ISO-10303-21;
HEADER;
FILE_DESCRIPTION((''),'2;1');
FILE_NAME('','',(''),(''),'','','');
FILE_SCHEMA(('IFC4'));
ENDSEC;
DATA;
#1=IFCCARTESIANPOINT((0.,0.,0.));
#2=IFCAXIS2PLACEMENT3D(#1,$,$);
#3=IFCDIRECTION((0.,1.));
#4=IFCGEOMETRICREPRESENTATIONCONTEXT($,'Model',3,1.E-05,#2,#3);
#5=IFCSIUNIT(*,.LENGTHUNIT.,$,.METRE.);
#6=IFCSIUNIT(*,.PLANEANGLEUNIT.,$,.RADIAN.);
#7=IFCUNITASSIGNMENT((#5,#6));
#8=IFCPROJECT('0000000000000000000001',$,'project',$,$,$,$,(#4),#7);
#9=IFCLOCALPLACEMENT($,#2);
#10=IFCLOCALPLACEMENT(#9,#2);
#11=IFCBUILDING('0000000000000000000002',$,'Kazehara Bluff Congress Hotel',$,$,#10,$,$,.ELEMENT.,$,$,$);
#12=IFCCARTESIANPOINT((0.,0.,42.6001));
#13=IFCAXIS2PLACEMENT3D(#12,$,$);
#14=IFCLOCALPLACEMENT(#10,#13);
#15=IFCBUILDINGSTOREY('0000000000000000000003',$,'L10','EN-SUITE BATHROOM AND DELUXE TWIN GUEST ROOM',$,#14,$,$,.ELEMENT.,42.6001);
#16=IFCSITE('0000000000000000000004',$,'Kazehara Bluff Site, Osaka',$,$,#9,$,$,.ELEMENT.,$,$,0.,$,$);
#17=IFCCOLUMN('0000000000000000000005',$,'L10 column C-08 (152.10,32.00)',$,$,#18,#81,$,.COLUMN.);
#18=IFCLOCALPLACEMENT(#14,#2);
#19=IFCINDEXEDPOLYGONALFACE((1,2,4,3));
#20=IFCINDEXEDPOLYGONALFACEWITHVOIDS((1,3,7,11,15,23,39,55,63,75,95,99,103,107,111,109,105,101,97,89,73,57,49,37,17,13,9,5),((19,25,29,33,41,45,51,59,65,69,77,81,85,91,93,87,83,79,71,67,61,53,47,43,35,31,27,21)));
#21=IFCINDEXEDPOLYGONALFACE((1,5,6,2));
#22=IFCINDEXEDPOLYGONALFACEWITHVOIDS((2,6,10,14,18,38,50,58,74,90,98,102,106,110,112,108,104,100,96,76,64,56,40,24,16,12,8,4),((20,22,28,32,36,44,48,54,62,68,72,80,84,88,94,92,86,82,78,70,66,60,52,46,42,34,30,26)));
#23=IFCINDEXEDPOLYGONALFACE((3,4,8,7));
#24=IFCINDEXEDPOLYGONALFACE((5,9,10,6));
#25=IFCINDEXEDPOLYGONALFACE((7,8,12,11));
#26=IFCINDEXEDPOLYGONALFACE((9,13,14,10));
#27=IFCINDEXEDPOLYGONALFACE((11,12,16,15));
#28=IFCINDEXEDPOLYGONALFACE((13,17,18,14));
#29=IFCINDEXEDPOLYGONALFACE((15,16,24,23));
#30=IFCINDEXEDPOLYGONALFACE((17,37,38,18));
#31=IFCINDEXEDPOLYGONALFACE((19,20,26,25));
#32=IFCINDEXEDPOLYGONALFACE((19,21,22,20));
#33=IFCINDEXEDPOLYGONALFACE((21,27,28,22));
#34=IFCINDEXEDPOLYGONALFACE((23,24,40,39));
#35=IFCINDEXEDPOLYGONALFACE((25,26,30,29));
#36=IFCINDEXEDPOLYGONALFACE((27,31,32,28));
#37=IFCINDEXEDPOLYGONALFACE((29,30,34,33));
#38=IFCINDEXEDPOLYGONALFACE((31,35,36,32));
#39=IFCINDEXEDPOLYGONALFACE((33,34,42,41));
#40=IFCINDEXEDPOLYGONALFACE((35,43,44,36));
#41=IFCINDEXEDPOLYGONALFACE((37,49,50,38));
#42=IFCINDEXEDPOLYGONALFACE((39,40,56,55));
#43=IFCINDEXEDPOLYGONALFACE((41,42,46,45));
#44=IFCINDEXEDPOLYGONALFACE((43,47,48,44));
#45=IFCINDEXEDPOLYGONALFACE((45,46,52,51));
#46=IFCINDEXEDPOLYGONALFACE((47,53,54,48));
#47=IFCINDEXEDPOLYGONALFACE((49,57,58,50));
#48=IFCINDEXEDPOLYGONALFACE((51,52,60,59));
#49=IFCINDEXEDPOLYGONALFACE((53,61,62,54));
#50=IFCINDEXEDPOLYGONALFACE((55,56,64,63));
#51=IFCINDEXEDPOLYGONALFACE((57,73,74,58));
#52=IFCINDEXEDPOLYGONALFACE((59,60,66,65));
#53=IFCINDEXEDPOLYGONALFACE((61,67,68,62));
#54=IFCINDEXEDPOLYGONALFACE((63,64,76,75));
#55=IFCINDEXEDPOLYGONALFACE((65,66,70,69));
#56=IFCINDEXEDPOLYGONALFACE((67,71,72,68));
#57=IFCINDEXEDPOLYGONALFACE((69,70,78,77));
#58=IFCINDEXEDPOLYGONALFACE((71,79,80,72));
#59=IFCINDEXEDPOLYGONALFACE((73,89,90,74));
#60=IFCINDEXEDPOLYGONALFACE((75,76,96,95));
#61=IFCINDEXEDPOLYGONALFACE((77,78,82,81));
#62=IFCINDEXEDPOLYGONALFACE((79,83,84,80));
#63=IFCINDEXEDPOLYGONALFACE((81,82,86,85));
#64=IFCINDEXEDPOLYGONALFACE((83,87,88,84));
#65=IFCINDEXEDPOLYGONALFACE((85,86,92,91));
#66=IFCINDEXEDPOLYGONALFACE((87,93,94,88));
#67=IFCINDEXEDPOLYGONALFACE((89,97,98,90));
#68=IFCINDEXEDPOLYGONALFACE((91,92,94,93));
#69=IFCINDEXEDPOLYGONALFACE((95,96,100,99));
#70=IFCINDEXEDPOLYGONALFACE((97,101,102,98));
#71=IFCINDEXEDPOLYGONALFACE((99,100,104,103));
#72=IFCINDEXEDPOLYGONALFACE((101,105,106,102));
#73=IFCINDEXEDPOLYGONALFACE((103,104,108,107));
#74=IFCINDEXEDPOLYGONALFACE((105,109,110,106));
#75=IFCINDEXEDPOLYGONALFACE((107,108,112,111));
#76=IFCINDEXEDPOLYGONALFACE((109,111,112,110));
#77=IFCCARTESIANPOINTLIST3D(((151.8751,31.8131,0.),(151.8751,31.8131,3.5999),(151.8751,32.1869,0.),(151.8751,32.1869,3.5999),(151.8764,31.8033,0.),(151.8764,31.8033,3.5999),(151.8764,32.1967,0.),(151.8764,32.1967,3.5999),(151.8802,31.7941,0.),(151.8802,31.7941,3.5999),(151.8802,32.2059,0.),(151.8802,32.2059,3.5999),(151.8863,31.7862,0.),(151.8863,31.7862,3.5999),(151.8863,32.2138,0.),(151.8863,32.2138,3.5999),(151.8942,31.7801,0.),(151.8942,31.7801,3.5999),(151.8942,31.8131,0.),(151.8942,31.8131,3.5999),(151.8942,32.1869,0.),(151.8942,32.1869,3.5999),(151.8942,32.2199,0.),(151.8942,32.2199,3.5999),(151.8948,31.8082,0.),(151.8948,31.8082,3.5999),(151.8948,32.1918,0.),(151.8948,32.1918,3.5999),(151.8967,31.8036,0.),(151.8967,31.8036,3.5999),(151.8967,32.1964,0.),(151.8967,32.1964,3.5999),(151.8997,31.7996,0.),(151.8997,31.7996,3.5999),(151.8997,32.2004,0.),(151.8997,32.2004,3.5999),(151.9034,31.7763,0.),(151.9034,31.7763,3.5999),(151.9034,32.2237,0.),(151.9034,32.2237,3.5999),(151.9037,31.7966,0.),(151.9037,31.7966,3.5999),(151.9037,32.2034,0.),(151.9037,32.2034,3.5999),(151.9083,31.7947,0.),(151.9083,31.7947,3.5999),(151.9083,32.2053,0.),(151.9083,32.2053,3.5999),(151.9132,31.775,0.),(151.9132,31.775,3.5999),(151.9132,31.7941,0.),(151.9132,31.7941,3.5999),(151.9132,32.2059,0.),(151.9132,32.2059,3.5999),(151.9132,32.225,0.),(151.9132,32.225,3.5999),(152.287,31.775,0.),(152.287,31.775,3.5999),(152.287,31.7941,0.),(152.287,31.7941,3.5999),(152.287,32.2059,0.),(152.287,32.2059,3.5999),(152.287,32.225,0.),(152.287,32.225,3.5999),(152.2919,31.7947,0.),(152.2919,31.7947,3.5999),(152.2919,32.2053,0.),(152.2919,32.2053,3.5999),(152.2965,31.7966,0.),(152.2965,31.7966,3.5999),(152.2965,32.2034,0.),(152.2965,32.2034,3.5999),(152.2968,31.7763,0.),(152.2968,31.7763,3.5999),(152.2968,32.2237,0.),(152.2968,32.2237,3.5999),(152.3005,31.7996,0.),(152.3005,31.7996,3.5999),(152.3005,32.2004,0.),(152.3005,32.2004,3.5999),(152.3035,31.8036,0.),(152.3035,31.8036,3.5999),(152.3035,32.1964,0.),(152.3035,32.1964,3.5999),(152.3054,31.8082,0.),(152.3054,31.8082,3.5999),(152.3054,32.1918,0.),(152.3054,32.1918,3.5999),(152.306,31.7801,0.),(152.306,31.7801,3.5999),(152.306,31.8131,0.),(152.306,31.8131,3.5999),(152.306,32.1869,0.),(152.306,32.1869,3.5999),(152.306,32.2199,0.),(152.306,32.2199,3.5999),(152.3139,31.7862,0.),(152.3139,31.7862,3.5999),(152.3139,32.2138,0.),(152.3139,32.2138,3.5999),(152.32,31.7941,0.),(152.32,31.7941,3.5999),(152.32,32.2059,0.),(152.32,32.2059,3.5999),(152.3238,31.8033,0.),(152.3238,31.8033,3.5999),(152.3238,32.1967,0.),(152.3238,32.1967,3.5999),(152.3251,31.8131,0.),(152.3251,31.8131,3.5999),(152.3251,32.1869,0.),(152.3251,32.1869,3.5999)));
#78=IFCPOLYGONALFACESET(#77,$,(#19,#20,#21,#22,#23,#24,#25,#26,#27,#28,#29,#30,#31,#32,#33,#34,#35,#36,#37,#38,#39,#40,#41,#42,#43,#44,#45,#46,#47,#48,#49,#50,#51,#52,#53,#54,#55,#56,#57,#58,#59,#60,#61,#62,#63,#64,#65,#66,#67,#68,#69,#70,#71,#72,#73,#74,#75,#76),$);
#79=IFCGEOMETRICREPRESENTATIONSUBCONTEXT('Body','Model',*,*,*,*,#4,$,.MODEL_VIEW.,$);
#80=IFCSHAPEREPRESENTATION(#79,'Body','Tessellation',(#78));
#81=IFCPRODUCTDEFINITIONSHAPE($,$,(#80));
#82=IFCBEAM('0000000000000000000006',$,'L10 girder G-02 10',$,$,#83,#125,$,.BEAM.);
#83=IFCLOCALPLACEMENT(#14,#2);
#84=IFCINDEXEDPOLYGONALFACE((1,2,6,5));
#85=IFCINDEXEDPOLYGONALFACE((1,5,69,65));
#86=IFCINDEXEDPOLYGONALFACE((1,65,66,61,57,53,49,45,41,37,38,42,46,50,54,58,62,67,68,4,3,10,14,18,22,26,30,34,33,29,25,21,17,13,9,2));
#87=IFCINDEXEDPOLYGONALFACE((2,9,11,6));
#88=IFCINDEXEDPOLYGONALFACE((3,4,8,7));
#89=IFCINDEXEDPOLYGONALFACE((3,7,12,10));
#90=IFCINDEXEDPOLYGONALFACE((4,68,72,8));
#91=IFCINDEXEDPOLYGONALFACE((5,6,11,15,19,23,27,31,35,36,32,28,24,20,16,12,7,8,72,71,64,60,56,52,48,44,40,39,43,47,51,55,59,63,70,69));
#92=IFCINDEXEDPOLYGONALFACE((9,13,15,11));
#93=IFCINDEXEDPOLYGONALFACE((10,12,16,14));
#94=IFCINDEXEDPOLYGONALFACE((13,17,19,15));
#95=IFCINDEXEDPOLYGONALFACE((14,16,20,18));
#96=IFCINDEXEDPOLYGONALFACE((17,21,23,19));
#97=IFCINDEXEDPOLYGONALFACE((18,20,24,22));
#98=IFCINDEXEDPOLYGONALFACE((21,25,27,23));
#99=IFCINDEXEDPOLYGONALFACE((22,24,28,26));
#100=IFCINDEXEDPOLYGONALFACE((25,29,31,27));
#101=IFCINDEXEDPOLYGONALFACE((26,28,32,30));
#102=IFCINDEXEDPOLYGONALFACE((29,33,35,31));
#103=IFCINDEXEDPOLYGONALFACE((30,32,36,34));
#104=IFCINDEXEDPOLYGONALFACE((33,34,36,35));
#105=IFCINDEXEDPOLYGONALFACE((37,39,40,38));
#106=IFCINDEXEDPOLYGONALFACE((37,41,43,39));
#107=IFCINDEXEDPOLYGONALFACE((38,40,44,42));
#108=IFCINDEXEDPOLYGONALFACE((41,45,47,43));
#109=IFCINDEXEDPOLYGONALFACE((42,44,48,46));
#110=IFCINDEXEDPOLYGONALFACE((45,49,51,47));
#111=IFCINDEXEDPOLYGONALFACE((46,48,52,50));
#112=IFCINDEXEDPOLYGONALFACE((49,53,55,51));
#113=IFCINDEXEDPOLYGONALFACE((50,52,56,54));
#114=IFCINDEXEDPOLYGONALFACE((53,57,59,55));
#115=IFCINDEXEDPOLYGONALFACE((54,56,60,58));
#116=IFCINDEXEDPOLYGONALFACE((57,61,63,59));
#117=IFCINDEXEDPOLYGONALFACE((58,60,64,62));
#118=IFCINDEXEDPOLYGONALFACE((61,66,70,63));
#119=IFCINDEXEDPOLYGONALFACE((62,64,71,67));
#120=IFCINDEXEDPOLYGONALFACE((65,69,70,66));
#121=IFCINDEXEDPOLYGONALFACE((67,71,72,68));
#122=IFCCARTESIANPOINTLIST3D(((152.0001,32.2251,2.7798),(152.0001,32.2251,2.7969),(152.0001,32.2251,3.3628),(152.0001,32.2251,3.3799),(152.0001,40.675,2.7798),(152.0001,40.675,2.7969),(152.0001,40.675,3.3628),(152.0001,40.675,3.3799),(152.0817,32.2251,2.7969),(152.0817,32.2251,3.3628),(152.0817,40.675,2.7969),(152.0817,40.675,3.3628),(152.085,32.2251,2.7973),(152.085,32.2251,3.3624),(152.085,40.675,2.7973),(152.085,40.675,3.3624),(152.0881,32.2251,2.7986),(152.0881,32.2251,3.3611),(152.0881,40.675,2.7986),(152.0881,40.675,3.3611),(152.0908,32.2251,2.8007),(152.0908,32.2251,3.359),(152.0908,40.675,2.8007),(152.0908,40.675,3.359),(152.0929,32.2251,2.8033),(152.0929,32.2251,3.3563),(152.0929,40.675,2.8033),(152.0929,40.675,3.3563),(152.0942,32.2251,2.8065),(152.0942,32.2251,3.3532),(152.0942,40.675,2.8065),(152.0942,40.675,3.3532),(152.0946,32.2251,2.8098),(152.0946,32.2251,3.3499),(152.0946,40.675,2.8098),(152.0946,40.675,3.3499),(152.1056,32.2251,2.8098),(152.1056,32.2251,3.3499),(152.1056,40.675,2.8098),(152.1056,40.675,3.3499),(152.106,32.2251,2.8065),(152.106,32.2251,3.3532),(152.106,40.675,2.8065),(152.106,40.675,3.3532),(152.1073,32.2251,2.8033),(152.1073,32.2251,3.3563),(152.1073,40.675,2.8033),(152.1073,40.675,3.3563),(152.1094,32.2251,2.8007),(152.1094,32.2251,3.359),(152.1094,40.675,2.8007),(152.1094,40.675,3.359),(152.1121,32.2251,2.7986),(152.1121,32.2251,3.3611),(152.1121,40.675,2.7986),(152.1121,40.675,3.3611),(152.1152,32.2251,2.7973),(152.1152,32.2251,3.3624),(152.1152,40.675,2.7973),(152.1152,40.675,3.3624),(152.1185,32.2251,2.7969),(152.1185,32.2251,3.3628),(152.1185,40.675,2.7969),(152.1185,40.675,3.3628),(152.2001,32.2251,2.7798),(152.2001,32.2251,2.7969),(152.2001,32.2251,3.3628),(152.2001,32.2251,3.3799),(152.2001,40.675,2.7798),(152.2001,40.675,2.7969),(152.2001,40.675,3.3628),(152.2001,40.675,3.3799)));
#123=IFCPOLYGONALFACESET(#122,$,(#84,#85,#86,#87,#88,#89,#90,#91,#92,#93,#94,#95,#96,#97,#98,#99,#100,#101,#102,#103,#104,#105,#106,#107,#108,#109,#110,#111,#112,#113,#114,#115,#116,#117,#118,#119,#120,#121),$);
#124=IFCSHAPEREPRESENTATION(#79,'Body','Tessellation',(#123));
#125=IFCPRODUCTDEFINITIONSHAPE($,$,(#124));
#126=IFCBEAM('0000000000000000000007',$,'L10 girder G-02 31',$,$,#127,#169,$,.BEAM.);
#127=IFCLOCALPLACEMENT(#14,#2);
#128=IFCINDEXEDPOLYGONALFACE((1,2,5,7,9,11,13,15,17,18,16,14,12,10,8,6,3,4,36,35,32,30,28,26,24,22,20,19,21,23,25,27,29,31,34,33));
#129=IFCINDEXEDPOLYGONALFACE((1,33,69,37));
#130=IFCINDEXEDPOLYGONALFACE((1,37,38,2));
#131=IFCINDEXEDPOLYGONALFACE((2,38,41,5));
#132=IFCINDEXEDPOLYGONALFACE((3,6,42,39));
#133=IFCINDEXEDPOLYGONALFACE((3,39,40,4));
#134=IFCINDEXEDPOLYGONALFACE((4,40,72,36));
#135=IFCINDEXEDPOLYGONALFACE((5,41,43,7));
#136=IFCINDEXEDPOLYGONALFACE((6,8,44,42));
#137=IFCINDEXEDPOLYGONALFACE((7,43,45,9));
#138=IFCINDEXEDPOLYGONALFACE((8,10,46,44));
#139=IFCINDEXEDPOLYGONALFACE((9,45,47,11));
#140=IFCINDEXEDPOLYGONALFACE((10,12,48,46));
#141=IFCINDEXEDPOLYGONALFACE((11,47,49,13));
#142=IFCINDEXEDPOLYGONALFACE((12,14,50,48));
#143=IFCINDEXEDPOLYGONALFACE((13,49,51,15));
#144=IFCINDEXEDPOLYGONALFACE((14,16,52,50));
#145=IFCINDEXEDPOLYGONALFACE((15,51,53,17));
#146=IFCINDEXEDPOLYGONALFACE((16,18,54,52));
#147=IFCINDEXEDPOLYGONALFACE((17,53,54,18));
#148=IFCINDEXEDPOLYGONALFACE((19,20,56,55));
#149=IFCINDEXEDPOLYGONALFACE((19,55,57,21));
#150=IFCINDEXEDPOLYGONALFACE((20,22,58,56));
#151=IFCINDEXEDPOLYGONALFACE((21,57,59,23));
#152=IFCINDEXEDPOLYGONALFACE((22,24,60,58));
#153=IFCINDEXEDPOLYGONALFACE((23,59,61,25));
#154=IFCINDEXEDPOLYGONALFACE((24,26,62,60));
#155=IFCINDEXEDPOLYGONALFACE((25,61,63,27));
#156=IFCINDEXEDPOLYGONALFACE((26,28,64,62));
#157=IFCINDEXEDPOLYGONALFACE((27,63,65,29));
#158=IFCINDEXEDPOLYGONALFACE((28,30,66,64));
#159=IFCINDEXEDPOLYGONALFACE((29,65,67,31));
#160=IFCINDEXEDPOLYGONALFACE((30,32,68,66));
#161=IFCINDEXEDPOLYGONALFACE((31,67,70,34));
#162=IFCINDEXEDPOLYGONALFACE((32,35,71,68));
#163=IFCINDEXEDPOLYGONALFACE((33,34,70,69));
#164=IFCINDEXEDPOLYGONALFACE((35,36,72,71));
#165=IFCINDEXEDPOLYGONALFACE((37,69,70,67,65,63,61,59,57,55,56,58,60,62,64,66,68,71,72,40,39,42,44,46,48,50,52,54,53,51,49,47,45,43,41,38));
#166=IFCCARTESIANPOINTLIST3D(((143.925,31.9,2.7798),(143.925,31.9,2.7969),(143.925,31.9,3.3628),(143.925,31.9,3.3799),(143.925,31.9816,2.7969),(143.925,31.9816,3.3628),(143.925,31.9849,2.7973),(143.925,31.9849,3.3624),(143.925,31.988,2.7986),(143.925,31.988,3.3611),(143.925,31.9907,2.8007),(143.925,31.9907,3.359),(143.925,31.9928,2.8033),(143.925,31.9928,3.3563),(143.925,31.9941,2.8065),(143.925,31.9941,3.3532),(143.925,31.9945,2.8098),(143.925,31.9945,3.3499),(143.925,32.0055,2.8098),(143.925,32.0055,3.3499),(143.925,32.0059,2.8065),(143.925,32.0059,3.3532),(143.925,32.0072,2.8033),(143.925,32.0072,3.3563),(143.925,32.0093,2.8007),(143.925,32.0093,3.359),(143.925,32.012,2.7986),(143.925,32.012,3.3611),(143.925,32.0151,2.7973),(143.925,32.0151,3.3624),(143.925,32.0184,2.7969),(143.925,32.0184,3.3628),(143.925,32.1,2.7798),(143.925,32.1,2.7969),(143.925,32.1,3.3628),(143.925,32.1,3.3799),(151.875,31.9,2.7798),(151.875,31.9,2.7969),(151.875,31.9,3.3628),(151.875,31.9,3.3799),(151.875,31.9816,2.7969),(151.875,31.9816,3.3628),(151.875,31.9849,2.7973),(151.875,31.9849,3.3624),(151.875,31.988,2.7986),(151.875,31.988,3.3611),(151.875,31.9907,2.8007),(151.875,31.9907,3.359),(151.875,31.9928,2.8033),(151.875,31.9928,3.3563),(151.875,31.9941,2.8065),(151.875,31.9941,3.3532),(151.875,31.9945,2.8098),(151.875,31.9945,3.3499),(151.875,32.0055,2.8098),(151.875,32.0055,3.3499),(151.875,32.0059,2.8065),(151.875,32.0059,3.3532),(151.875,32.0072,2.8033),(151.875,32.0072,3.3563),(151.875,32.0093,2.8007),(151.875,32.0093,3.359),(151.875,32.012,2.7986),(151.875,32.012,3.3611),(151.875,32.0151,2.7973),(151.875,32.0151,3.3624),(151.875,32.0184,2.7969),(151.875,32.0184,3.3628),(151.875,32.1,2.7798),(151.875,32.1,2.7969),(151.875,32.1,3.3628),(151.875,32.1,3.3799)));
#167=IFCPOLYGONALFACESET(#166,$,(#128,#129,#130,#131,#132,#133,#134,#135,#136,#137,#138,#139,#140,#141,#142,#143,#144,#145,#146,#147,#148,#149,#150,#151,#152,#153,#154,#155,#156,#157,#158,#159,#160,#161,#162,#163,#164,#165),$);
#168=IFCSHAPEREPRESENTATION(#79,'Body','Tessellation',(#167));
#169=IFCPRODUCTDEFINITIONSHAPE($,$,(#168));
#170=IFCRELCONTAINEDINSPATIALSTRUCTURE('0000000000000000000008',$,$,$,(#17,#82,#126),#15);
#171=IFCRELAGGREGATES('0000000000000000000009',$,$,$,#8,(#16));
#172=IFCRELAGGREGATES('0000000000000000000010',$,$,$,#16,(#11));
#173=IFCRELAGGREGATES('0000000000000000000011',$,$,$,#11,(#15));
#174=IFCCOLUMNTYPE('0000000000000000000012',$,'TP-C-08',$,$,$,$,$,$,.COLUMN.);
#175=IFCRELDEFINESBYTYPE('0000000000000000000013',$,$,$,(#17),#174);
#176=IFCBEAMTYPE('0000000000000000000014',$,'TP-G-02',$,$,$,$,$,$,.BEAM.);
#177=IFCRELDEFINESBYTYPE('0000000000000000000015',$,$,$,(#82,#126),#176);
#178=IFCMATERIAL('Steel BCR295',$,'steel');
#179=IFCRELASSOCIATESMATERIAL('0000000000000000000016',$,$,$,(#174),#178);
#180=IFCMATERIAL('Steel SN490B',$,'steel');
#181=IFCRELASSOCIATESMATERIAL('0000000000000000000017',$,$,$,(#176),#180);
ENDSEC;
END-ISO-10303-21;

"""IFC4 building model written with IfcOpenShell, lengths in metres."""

from ifc_helpers import new_model, si_unit, direction, frame, origin, origin_2d, place, context, subcontext, project, spatial, hollow_rectangle, i_section, extrude, material, material_profile, profile_set, type_object, element, save


model = new_model("IFC4")

# Units and contexts
model_context = context("Model", 3, precision=1e-05, world=origin(), true_north=direction((0.0, 1.0)))
body_context = subcontext(model_context, "Body", "Model", "MODEL_VIEW")
ifc_project = project(units=[si_unit("LENGTHUNIT", "METRE"), si_unit("PLANEANGLEUNIT", "RADIAN")], contexts=[model_context])

# Site, building, storey
site_placement = place(None, origin())
site = spatial("IfcSite", under=ifc_project, at=site_placement, Name="Kazehara Bluff Site, Osaka", CompositionType="ELEMENT", RefElevation=0.0)
building_placement = place(site_placement, origin())
building = spatial("IfcBuilding", under=site, at=building_placement, Name="Kazehara Bluff Congress Hotel", CompositionType="ELEMENT")
storey_placement = place(building_placement, frame((0.0, 0.0, 42.6001)))
storey = spatial("IfcBuildingStorey", under=building, at=storey_placement, Name="L10", Description="EN-SUITE BATHROOM AND DELUXE TWIN GUEST ROOM", CompositionType="ELEMENT", Elevation=42.6001)

# Column
ifc_material_1 = material(Name="Steel BCR295", Category="steel")
ifc_material_profile_1 = material_profile(ifc_material_1, hollow_rectangle(XDim=0.45, YDim=0.45, WallThickness=0.019, InnerFilletRadius=0.019, OuterFilletRadius=0.0381, at=origin_2d()))
ifc_profile_set_1 = profile_set([ifc_material_profile_1], Name="Steel BCR295")
column_type = type_object("IfcColumnType", Name="TP-C-08", PredefinedType="COLUMN", material=ifc_profile_set_1)
column_placement = place(storey_placement, frame((152.1001, 32.0, 0.0), z_axis=(0.0, 0.0, 1.0), x_axis=(1.0, 0.0, 0.0)))
element("IfcColumn", 1, at=column_placement, inside=storey, type_object=column_type, Name="L10 column C-08 (152.10,32.00)", PredefinedType="COLUMN", context=body_context, shape_type="SweptSolid", body=[
    extrude(hollow_rectangle(XDim=0.45, YDim=0.45, WallThickness=0.019, InnerFilletRadius=0.019, OuterFilletRadius=0.0381, at=origin_2d()), origin(), (0.0, 0.0, 1.0), 3.5999),
])

# Beams
ifc_material_2 = material(Name="Steel SN490B", Category="steel")
ifc_material_profile_2 = material_profile(ifc_material_2, i_section(OverallWidth=0.2, OverallDepth=0.6001, WebThickness=0.011, FlangeThickness=0.0171, FilletRadius=0.0129, at=origin_2d()))
ifc_profile_set_2 = profile_set([ifc_material_profile_2], Name="Steel SN490B")
beam_type_1 = type_object("IfcBeamType", Name="TP-G-02", PredefinedType="BEAM", material=ifc_profile_set_2)
beam_1_placement = place(storey_placement, frame((152.1001, 32.2251, 3.0798), z_axis=(0.0, 1.0, 0.0), x_axis=(-1.0, 0.0, 0.0)))
element("IfcBeam", 2, at=beam_1_placement, inside=storey, type_object=beam_type_1, Name="L10 girder G-02 10", PredefinedType="BEAM", context=body_context, shape_type="SweptSolid", body=[
    extrude(i_section(OverallWidth=0.2, OverallDepth=0.6001, WebThickness=0.011, FlangeThickness=0.0171, FilletRadius=0.0129, at=origin_2d()), origin(), (0.0, 0.0, 1.0), 8.45),
])
for number, where, z_axis, x_axis, name in (
    (3, (143.925, 32.0, 3.0798), (1.0, 0.0, 0.0), (0.0, 1.0, 0.0), "L10 girder G-02 31"),
):
    element("IfcBeam", number, at=place(storey_placement, frame(where, z_axis=z_axis, x_axis=x_axis)), inside=storey, type_object=beam_type_1, Name=name, PredefinedType="BEAM", context=body_context, shape_type="SweptSolid", body=[
        extrude(i_section(OverallWidth=0.2, OverallDepth=0.6001, WebThickness=0.011, FlangeThickness=0.0171, FilletRadius=0.0129, at=origin_2d()), origin(), (0.0, 0.0, 1.0), 7.95),
    ])

save(model, "model.ifc")
